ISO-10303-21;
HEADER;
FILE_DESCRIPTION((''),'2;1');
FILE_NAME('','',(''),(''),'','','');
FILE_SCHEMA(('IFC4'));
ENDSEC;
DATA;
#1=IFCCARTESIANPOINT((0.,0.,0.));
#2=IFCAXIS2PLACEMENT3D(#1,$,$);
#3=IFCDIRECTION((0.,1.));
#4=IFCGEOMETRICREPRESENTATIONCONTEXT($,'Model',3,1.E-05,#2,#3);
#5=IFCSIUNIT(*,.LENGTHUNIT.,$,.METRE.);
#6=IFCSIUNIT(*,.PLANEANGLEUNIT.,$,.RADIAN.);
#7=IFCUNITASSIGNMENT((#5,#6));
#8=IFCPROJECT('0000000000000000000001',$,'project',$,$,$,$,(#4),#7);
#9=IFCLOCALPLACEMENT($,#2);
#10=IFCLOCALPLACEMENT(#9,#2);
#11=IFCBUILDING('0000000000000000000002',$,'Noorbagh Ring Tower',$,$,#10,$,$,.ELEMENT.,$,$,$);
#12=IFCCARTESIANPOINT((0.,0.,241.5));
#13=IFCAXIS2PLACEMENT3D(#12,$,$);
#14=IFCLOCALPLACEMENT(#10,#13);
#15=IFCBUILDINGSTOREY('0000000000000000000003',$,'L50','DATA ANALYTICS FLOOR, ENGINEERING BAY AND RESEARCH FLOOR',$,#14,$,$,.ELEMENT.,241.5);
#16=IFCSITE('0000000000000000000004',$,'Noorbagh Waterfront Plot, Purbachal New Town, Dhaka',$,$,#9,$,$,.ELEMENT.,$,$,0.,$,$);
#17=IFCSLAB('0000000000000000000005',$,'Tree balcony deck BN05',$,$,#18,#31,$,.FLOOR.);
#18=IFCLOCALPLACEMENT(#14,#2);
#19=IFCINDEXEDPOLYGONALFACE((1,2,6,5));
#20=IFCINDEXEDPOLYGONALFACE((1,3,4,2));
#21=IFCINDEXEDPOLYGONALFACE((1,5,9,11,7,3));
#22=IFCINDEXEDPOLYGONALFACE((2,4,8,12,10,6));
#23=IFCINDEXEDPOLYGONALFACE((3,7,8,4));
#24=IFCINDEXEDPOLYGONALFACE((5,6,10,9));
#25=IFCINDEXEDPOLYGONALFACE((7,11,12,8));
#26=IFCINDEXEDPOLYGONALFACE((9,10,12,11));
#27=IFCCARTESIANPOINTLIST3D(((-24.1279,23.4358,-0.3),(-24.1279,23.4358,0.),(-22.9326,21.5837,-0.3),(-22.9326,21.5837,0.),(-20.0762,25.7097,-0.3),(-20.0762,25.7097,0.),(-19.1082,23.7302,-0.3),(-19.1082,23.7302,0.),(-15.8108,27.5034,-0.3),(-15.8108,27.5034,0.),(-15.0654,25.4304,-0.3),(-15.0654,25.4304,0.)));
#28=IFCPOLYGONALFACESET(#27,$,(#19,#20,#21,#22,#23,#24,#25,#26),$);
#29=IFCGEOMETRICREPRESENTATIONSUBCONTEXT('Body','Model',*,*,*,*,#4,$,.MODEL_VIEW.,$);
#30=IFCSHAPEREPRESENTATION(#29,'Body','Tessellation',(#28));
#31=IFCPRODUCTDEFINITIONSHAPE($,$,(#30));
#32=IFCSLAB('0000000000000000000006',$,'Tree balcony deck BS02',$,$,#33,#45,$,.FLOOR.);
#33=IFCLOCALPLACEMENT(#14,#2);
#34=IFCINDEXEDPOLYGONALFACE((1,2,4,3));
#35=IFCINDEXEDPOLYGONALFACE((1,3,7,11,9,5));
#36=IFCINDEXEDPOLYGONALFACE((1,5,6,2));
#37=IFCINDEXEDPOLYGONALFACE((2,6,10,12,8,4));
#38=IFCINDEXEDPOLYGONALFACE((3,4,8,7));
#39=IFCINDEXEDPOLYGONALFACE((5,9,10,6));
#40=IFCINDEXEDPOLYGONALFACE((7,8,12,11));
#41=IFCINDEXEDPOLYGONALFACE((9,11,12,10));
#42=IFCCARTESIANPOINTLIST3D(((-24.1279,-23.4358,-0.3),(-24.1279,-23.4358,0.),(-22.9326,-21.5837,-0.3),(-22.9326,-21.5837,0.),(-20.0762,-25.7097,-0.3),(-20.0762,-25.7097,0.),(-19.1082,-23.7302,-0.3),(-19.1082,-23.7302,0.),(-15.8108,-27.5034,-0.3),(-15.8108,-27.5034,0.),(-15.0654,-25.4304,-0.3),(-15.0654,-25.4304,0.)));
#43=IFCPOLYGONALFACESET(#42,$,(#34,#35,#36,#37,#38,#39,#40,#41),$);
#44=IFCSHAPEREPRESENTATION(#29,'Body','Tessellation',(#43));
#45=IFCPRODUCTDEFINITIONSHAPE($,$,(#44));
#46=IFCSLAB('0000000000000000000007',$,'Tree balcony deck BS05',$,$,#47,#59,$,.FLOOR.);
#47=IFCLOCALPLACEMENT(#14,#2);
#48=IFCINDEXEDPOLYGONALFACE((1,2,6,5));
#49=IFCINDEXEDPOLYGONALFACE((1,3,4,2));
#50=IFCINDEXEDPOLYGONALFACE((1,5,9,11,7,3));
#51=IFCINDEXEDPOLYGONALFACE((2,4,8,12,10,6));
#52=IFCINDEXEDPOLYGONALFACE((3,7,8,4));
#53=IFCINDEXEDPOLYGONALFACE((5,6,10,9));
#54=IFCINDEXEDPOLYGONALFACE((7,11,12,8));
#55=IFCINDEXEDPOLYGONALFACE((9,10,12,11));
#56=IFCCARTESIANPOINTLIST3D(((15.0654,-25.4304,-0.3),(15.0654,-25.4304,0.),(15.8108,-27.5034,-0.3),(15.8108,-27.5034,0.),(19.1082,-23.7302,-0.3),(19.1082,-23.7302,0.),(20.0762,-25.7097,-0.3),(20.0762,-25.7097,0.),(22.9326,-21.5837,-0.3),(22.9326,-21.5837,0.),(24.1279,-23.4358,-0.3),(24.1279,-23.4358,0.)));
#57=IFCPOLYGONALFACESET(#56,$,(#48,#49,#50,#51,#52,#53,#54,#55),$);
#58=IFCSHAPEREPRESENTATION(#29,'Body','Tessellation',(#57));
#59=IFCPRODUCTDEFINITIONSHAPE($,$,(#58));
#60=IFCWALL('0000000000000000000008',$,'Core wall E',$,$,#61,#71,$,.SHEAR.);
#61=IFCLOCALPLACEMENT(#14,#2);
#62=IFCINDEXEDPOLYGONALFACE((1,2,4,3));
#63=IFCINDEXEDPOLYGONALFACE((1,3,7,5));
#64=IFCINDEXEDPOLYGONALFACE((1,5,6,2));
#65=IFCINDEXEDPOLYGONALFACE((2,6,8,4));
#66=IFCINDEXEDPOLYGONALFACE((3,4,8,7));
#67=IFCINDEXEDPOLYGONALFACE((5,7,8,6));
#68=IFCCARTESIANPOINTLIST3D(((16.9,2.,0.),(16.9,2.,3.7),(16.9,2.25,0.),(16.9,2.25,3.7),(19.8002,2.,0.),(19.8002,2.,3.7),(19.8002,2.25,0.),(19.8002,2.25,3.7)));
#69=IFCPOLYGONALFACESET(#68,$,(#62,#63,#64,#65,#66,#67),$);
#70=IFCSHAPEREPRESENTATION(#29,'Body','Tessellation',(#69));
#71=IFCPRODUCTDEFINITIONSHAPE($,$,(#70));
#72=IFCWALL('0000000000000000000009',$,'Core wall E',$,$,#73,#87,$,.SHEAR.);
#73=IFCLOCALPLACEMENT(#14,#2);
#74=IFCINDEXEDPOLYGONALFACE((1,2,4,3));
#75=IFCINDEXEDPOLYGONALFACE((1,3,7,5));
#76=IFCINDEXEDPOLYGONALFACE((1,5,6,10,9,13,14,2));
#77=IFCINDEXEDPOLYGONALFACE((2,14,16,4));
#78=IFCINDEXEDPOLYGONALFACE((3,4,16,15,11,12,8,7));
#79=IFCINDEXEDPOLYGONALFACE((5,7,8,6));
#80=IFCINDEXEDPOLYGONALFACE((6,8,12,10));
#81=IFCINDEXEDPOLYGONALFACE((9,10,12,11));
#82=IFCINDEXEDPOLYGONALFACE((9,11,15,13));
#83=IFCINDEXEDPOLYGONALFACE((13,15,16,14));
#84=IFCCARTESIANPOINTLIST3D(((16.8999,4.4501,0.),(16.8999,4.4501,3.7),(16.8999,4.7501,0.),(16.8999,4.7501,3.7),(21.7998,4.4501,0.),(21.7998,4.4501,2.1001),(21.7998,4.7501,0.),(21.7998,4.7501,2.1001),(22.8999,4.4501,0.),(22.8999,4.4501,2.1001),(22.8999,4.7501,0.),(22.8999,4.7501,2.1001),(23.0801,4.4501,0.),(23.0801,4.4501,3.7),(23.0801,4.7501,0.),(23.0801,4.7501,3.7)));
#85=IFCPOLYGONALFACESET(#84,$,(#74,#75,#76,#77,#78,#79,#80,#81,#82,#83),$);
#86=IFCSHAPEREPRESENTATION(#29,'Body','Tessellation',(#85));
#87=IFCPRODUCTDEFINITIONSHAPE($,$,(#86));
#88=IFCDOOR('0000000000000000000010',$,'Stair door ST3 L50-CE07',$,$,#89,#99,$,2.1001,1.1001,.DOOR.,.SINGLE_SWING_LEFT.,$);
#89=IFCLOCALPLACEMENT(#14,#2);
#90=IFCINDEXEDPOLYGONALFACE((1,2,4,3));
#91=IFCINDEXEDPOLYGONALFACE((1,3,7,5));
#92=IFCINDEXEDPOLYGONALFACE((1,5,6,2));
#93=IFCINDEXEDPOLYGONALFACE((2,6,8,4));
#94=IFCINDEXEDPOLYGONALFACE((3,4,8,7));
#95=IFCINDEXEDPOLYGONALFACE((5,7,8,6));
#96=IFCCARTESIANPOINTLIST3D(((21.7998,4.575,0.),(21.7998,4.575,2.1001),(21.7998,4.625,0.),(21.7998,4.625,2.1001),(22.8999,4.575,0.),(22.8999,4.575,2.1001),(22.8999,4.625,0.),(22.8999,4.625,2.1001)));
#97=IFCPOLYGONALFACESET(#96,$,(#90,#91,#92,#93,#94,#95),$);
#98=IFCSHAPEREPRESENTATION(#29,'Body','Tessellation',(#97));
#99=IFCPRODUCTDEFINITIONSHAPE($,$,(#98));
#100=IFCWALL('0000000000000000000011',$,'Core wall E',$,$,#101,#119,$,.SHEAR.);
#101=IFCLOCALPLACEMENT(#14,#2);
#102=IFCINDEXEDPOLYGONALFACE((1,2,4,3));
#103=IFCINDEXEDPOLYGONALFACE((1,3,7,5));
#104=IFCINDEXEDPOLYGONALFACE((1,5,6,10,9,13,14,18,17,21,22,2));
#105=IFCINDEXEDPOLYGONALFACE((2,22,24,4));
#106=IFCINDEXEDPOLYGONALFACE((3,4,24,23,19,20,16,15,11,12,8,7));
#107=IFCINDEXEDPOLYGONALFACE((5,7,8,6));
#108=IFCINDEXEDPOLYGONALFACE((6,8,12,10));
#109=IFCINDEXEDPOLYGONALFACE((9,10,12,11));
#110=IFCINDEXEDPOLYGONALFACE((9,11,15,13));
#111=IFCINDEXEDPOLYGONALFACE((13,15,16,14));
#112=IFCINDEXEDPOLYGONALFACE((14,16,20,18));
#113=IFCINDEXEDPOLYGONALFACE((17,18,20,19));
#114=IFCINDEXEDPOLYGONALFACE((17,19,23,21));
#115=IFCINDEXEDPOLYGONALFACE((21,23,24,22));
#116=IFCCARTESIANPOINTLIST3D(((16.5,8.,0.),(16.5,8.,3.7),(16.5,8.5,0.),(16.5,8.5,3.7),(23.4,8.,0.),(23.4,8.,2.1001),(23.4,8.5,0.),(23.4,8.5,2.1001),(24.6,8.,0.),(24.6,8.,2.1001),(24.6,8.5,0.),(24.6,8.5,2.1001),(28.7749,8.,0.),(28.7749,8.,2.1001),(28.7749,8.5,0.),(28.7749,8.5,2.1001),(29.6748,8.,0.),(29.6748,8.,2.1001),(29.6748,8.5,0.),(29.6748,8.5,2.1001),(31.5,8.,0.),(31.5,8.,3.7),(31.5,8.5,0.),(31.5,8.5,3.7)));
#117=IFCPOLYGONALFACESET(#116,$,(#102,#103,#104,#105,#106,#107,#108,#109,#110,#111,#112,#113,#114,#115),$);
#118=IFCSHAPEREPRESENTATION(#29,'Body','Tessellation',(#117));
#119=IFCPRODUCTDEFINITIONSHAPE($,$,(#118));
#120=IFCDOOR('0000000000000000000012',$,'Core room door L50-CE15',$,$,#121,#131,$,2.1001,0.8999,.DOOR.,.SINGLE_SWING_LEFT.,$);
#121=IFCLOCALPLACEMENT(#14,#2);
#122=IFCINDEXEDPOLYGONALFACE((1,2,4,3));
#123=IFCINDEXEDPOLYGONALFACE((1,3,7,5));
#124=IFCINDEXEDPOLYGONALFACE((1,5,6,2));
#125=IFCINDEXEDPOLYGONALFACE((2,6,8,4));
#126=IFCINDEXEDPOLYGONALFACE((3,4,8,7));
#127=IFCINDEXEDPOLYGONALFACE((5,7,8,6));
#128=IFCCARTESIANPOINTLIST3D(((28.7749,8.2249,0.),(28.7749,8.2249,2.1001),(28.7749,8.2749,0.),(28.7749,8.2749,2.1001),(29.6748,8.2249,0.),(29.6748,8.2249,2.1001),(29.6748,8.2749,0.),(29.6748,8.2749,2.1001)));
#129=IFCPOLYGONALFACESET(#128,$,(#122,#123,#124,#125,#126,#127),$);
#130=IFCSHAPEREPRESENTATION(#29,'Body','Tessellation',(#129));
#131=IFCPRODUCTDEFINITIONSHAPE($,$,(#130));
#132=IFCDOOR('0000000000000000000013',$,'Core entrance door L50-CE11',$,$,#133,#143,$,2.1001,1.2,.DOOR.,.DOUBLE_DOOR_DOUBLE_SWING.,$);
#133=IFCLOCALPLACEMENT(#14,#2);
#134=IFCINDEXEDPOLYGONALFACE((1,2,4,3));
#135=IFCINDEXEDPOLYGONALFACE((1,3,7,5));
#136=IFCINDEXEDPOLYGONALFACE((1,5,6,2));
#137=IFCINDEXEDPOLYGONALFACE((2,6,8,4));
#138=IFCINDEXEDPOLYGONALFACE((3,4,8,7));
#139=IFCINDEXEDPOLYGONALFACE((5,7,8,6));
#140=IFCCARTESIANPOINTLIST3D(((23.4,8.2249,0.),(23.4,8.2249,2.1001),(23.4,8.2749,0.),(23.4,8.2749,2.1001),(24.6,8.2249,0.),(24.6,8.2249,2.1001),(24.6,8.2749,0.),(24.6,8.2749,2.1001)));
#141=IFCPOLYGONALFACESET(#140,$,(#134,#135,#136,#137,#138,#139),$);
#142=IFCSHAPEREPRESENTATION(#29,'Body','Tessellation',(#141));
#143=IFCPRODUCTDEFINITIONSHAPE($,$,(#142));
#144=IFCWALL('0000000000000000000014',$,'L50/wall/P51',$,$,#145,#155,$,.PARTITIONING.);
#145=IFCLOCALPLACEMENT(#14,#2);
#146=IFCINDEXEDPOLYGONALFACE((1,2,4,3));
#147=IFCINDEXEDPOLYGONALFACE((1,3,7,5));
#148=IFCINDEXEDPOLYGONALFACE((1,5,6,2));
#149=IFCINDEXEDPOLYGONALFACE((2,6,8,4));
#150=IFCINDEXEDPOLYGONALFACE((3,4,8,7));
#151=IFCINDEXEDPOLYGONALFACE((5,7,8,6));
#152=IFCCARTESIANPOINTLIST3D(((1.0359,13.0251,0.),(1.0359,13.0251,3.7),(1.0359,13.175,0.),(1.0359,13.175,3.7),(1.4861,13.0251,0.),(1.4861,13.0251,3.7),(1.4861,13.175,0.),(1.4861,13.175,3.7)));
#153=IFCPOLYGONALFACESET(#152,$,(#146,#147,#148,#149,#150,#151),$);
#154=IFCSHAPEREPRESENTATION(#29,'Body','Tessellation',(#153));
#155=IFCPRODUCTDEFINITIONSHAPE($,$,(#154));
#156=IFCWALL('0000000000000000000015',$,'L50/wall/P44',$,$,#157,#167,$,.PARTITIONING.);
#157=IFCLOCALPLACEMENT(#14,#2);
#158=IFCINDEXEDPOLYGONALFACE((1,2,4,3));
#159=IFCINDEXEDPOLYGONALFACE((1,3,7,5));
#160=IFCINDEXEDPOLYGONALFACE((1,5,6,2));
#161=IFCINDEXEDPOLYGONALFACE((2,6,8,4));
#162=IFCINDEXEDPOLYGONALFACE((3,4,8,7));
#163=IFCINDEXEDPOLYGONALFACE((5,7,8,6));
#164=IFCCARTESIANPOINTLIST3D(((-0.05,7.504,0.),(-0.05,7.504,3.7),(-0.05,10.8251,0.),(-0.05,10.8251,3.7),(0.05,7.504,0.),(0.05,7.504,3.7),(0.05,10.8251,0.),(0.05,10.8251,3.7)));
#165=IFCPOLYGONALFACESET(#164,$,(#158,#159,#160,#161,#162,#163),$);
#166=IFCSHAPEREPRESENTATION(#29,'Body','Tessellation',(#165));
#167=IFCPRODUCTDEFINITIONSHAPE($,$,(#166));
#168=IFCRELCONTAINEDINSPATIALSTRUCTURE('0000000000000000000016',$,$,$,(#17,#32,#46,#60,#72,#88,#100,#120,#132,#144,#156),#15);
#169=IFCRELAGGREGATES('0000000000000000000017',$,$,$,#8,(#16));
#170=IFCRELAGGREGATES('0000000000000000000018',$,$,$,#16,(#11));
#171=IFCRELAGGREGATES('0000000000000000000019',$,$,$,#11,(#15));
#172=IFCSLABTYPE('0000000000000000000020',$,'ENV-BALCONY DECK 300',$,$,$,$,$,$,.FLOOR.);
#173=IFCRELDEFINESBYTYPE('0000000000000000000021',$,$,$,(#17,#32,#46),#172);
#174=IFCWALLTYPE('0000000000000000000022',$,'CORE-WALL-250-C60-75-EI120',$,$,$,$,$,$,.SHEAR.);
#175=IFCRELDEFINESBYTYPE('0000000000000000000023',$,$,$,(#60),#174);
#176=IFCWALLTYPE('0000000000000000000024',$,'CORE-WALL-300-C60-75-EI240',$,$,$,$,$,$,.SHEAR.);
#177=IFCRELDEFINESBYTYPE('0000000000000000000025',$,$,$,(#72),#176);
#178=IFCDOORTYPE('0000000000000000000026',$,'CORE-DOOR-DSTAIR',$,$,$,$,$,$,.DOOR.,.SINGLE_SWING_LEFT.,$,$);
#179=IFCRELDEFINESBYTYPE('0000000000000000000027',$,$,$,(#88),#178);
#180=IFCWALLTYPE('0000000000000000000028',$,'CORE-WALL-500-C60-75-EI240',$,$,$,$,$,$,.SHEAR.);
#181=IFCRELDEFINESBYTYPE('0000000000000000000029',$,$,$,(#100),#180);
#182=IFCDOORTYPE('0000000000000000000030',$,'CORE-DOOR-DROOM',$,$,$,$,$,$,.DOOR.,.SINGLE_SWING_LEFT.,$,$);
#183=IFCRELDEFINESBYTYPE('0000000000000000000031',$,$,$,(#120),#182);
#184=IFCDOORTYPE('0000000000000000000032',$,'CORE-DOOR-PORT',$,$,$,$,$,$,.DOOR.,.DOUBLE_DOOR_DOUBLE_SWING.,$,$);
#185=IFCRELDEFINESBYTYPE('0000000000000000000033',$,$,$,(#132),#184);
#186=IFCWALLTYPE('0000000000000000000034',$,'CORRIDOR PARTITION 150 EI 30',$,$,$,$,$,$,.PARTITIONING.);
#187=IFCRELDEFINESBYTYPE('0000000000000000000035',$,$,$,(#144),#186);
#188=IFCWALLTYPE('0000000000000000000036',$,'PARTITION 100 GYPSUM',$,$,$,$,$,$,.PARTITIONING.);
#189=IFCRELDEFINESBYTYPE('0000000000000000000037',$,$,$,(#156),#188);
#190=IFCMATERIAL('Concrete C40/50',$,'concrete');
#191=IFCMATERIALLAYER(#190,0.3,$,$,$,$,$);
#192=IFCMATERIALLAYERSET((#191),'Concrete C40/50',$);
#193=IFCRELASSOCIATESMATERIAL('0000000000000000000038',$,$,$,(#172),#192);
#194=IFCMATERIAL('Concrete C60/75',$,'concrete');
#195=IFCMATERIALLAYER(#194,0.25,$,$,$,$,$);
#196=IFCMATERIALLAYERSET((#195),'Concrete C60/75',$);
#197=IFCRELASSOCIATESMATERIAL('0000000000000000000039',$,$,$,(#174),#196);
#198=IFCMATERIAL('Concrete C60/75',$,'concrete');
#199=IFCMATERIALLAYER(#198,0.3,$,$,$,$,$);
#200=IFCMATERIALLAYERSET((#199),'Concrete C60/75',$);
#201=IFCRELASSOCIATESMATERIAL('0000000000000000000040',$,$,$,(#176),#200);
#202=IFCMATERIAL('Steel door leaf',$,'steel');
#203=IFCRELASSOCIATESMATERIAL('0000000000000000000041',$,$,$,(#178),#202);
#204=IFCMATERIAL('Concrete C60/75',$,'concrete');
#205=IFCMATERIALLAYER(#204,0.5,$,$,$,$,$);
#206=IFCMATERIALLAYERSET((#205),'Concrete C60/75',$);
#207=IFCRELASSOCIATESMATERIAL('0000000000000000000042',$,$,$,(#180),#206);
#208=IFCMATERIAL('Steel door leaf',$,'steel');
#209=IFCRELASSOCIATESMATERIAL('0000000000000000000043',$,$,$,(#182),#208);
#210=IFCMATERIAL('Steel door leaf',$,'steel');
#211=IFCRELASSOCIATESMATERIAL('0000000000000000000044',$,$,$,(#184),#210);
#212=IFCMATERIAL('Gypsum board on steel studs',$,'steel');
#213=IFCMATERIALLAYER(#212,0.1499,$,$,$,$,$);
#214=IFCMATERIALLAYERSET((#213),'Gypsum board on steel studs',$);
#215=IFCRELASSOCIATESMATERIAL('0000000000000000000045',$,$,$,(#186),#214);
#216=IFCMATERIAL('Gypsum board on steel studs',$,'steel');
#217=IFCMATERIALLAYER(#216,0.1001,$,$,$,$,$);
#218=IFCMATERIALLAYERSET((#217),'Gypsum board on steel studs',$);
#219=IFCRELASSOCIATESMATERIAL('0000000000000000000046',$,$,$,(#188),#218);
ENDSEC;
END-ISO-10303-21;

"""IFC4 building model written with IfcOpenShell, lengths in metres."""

from ifc_helpers import new_model, si_unit, direction, frame, frame_2d, origin, place, context, subcontext, project, spatial, polyline, rectangle, outline, extrude, material, layer, layer_set, type_object, element, fill, save


model = new_model("IFC4")

# Units and contexts
model_context = context("Model", 3, precision=1e-05, world=origin(), true_north=direction((0.0, 1.0)))
body_context = subcontext(model_context, "Body", "Model", "MODEL_VIEW")
ifc_project = project(units=[si_unit("LENGTHUNIT", "METRE"), si_unit("PLANEANGLEUNIT", "RADIAN")], contexts=[model_context])

# Site, building, storey
site_placement = place(None, origin())
site = spatial("IfcSite", under=ifc_project, at=site_placement, Name="Noorbagh Waterfront Plot, Purbachal New Town, Dhaka", CompositionType="ELEMENT", RefElevation=0.0)
building_placement = place(site_placement, origin())
building = spatial("IfcBuilding", under=site, at=building_placement, Name="Noorbagh Ring Tower", CompositionType="ELEMENT")
storey_placement = place(building_placement, frame((0.0, 0.0, 241.5)))
storey = spatial("IfcBuildingStorey", under=building, at=storey_placement, Name="L50", Description="DATA ANALYTICS FLOOR, ENGINEERING BAY AND RESEARCH FLOOR", CompositionType="ELEMENT", Elevation=241.5)

# Slabs
ifc_material_1 = material(Name="Concrete C40/50", Category="concrete")
ifc_layer_1 = layer(ifc_material_1, 0.3)
ifc_layer_set_1 = layer_set([ifc_layer_1], Name="Concrete C40/50")
slab_type = type_object("IfcSlabType", Name="ENV-BALCONY DECK 300", PredefinedType="FLOOR", material=ifc_layer_set_1)
slab_1_placement = place(storey_placement, frame((0.0, 0.0, -0.3)))
element("IfcSlab", 1, at=slab_1_placement, inside=storey, type_object=slab_type, Name="Tree balcony deck BN05", PredefinedType="FLOOR", context=body_context, shape_type="SweptSolid", body=[
    extrude(outline(polyline([(-15.8108, 27.5034), (-20.0762, 25.7097), (-24.1279, 23.4358), (-22.9326, 21.5837), (-19.1082, 23.7302), (-15.0654, 25.4304), (-15.8108, 27.5034)])), origin(), (0.0, 0.0, 1.0), 0.3),
])
slab_2_placement = place(storey_placement, frame((0.0, 0.0, -0.3)))
element("IfcSlab", 2, at=slab_2_placement, inside=storey, type_object=slab_type, Name="Tree balcony deck BS02", PredefinedType="FLOOR", context=body_context, shape_type="SweptSolid", body=[
    extrude(outline(polyline([(-24.1279, -23.4358), (-20.0762, -25.7097), (-15.8108, -27.5034), (-15.0654, -25.4304), (-19.1082, -23.7302), (-22.9326, -21.5837), (-24.1279, -23.4358)])), origin(), (0.0, 0.0, 1.0), 0.3),
])
slab_3_placement = place(storey_placement, frame((0.0, 0.0, -0.3)))
element("IfcSlab", 3, at=slab_3_placement, inside=storey, type_object=slab_type, Name="Tree balcony deck BS05", PredefinedType="FLOOR", context=body_context, shape_type="SweptSolid", body=[
    extrude(outline(polyline([(15.8108, -27.5034), (20.0762, -25.7097), (24.1279, -23.4358), (22.9326, -21.5837), (19.1082, -23.7302), (15.0654, -25.4304), (15.8108, -27.5034)])), origin(), (0.0, 0.0, 1.0), 0.3),
])

# Wall
ifc_material_2 = material(Name="Concrete C60/75", Category="concrete")
ifc_layer_2 = layer(ifc_material_2, 0.25)
ifc_layer_set_2 = layer_set([ifc_layer_2], Name="Concrete C60/75")
wall_type_1 = type_object("IfcWallType", Name="CORE-WALL-250-C60-75-EI120", PredefinedType="SHEAR", material=ifc_layer_set_2)
wall_1_placement = place(storey_placement, frame((16.8999, 2.125, 0.0), z_axis=(0.0, 0.0, 1.0), x_axis=(1.0, 0.0, 0.0)))
element("IfcWall", 4, at=wall_1_placement, inside=storey, type_object=wall_type_1, Name="Core wall E", PredefinedType="SHEAR", context=body_context, shape_type="SweptSolid", body=[
    extrude(rectangle(XDim=2.9001, YDim=0.25, at=frame_2d((1.4502, 0.0))), origin(), (0.0, 0.0, 1.0), 3.7),
])

# Wall, opening, door
ifc_material_3 = material(Name="Concrete C60/75", Category="concrete")
ifc_layer_3 = layer(ifc_material_3, 0.3)
ifc_layer_set_3 = layer_set([ifc_layer_3], Name="Concrete C60/75")
wall_type_2 = type_object("IfcWallType", Name="CORE-WALL-300-C60-75-EI240", PredefinedType="SHEAR", material=ifc_layer_set_3)
wall_2_placement = place(storey_placement, frame((16.8999, 4.6001, 0.0), z_axis=(0.0, 0.0, 1.0), x_axis=(1.0, 0.0, 0.0)))
wall_2 = element("IfcWall", 5, at=wall_2_placement, inside=storey, type_object=wall_type_2, Name="Core wall E", PredefinedType="SHEAR", context=body_context, shape_type="SweptSolid", body=[
    extrude(rectangle(XDim=6.1802, YDim=0.3, at=frame_2d((3.0901, 0.0))), origin(), (0.0, 0.0, 1.0), 3.7),
])
opening_1_placement = place(wall_2_placement, frame((4.8999, 0.0, 0.0)))
opening_1 = element("IfcOpeningElement", 6, at=opening_1_placement, cuts=wall_2, PredefinedType="OPENING", context=body_context, shape_type="SweptSolid", body=[
    extrude(rectangle(XDim=1.1001, YDim=2.1001, at=frame_2d((0.55, 1.05))), frame((0.0, 0.1602, 0.0), z_axis=(0.0, -1.0, 0.0), x_axis=(1.0, 0.0, 0.0)), (0.0, 0.0, 1.0), 0.3201),
])
ifc_material_4 = material(Name="Steel door leaf", Category="steel")
door_type_1 = type_object("IfcDoorType", Name="CORE-DOOR-DSTAIR", OperationType="SINGLE_SWING_LEFT", PredefinedType="DOOR", material=ifc_material_4)
door_1_placement = place(opening_1_placement, origin())
door_1 = element("IfcDoor", 7, at=door_1_placement, inside=storey, type_object=door_type_1, Name="Stair door ST3 L50-CE07", OperationType="SINGLE_SWING_LEFT", OverallHeight=2.1001, OverallWidth=1.1001, PredefinedType="DOOR", context=body_context, shape_type="SweptSolid", body=[
    extrude(rectangle(XDim=1.1001, YDim=2.1001, at=frame_2d((0.55, 1.05))), frame((0.0, 0.0249, 0.0), z_axis=(0.0, -1.0, 0.0), x_axis=(1.0, 0.0, 0.0)), (0.0, 0.0, 1.0), 0.05),
])
fill(opening_1, door_1)

# Wall, openings, doors
ifc_material_5 = material(Name="Concrete C60/75", Category="concrete")
ifc_layer_4 = layer(ifc_material_5, 0.5)
ifc_layer_set_4 = layer_set([ifc_layer_4], Name="Concrete C60/75")
wall_type_3 = type_object("IfcWallType", Name="CORE-WALL-500-C60-75-EI240", PredefinedType="SHEAR", material=ifc_layer_set_4)
wall_3_placement = place(storey_placement, frame((16.5, 8.25, 0.0), z_axis=(0.0, 0.0, 1.0), x_axis=(1.0, 0.0, 0.0)))
wall_3 = element("IfcWall", 8, at=wall_3_placement, inside=storey, type_object=wall_type_3, Name="Core wall E", PredefinedType="SHEAR", context=body_context, shape_type="SweptSolid", body=[
    extrude(rectangle(XDim=15.0, YDim=0.5, at=frame_2d((7.5, 0.0))), origin(), (0.0, 0.0, 1.0), 3.7),
])
opening_2_placement = place(wall_3_placement, frame((6.8999, 0.0, 0.0)))
opening_2 = element("IfcOpeningElement", 9, at=opening_2_placement, cuts=wall_3, PredefinedType="OPENING", context=body_context, shape_type="SweptSolid", body=[
    extrude(rectangle(XDim=1.2, YDim=2.1001, at=frame_2d((0.6001, 1.05))), frame((0.0, 0.26, 0.0), z_axis=(0.0, -1.0, 0.0), x_axis=(1.0, 0.0, 0.0)), (0.0, 0.0, 1.0), 0.52),
])
opening_3_placement = place(wall_3_placement, frame((12.2749, 0.0, 0.0)))
opening_3 = element("IfcOpeningElement", 10, at=opening_3_placement, cuts=wall_3, PredefinedType="OPENING", context=body_context, shape_type="SweptSolid", body=[
    extrude(rectangle(XDim=0.8999, YDim=2.1001, at=frame_2d((0.45, 1.05))), frame((0.0, 0.26, 0.0), z_axis=(0.0, -1.0, 0.0), x_axis=(1.0, 0.0, 0.0)), (0.0, 0.0, 1.0), 0.52),
])
ifc_material_6 = material(Name="Steel door leaf", Category="steel")
door_type_2 = type_object("IfcDoorType", Name="CORE-DOOR-DROOM", OperationType="SINGLE_SWING_LEFT", PredefinedType="DOOR", material=ifc_material_6)
door_2_placement = place(opening_3_placement, origin())
door_2 = element("IfcDoor", 11, at=door_2_placement, inside=storey, type_object=door_type_2, Name="Core room door L50-CE15", OperationType="SINGLE_SWING_LEFT", OverallHeight=2.1001, OverallWidth=0.8999, PredefinedType="DOOR", context=body_context, shape_type="SweptSolid", body=[
    extrude(rectangle(XDim=0.8999, YDim=2.1001, at=frame_2d((0.45, 1.05))), frame((0.0, 0.0249, 0.0), z_axis=(0.0, -1.0, 0.0), x_axis=(1.0, 0.0, 0.0)), (0.0, 0.0, 1.0), 0.05),
])
fill(opening_3, door_2)
ifc_material_7 = material(Name="Steel door leaf", Category="steel")
door_type_3 = type_object("IfcDoorType", Name="CORE-DOOR-PORT", OperationType="DOUBLE_DOOR_DOUBLE_SWING", PredefinedType="DOOR", material=ifc_material_7)
door_3_placement = place(opening_2_placement, origin())
door_3 = element("IfcDoor", 12, at=door_3_placement, inside=storey, type_object=door_type_3, Name="Core entrance door L50-CE11", OperationType="DOUBLE_DOOR_DOUBLE_SWING", OverallHeight=2.1001, OverallWidth=1.2, PredefinedType="DOOR", context=body_context, shape_type="SweptSolid", body=[
    extrude(rectangle(XDim=1.2, YDim=2.1001, at=frame_2d((0.6001, 1.05))), frame((0.0, 0.0249, 0.0), z_axis=(0.0, -1.0, 0.0), x_axis=(1.0, 0.0, 0.0)), (0.0, 0.0, 1.0), 0.05),
])
fill(opening_2, door_3)

# Wall
ifc_material_8 = material(Name="Gypsum board on steel studs", Category="steel")
ifc_layer_5 = layer(ifc_material_8, 0.1499)
ifc_layer_set_5 = layer_set([ifc_layer_5], Name="Gypsum board on steel studs")
wall_type_4 = type_object("IfcWallType", Name="CORRIDOR PARTITION 150 EI 30", PredefinedType="PARTITIONING", material=ifc_layer_set_5)
wall_4_placement = place(storey_placement, frame((1.0359, 13.1001, 0.0), z_axis=(0.0, 0.0, 1.0), x_axis=(1.0, 0.0, 0.0)))
element("IfcWall", 13, at=wall_4_placement, inside=storey, type_object=wall_type_4, Name="L50/wall/P51", PredefinedType="PARTITIONING", context=body_context, shape_type="SweptSolid", body=[
    extrude(rectangle(XDim=0.4502, YDim=0.1499, at=frame_2d((0.2251, 0.0))), origin(), (0.0, 0.0, 1.0), 3.7),
])

# Wall
ifc_material_9 = material(Name="Gypsum board on steel studs", Category="steel")
ifc_layer_6 = layer(ifc_material_9, 0.1001)
ifc_layer_set_6 = layer_set([ifc_layer_6], Name="Gypsum board on steel studs")
wall_type_5 = type_object("IfcWallType", Name="PARTITION 100 GYPSUM", PredefinedType="PARTITIONING", material=ifc_layer_set_6)
wall_5_placement = place(storey_placement, frame((0.0, 7.5039, 0.0), z_axis=(0.0, 0.0, 1.0), x_axis=(0.0, 1.0, 0.0)))
element("IfcWall", 14, at=wall_5_placement, inside=storey, type_object=wall_type_5, Name="L50/wall/P44", PredefinedType="PARTITIONING", context=body_context, shape_type="SweptSolid", body=[
    extrude(rectangle(XDim=3.321, YDim=0.1001, at=frame_2d((1.6606, 0.0))), origin(), (0.0, 0.0, 1.0), 3.7),
])

save(model, "model.ifc")
